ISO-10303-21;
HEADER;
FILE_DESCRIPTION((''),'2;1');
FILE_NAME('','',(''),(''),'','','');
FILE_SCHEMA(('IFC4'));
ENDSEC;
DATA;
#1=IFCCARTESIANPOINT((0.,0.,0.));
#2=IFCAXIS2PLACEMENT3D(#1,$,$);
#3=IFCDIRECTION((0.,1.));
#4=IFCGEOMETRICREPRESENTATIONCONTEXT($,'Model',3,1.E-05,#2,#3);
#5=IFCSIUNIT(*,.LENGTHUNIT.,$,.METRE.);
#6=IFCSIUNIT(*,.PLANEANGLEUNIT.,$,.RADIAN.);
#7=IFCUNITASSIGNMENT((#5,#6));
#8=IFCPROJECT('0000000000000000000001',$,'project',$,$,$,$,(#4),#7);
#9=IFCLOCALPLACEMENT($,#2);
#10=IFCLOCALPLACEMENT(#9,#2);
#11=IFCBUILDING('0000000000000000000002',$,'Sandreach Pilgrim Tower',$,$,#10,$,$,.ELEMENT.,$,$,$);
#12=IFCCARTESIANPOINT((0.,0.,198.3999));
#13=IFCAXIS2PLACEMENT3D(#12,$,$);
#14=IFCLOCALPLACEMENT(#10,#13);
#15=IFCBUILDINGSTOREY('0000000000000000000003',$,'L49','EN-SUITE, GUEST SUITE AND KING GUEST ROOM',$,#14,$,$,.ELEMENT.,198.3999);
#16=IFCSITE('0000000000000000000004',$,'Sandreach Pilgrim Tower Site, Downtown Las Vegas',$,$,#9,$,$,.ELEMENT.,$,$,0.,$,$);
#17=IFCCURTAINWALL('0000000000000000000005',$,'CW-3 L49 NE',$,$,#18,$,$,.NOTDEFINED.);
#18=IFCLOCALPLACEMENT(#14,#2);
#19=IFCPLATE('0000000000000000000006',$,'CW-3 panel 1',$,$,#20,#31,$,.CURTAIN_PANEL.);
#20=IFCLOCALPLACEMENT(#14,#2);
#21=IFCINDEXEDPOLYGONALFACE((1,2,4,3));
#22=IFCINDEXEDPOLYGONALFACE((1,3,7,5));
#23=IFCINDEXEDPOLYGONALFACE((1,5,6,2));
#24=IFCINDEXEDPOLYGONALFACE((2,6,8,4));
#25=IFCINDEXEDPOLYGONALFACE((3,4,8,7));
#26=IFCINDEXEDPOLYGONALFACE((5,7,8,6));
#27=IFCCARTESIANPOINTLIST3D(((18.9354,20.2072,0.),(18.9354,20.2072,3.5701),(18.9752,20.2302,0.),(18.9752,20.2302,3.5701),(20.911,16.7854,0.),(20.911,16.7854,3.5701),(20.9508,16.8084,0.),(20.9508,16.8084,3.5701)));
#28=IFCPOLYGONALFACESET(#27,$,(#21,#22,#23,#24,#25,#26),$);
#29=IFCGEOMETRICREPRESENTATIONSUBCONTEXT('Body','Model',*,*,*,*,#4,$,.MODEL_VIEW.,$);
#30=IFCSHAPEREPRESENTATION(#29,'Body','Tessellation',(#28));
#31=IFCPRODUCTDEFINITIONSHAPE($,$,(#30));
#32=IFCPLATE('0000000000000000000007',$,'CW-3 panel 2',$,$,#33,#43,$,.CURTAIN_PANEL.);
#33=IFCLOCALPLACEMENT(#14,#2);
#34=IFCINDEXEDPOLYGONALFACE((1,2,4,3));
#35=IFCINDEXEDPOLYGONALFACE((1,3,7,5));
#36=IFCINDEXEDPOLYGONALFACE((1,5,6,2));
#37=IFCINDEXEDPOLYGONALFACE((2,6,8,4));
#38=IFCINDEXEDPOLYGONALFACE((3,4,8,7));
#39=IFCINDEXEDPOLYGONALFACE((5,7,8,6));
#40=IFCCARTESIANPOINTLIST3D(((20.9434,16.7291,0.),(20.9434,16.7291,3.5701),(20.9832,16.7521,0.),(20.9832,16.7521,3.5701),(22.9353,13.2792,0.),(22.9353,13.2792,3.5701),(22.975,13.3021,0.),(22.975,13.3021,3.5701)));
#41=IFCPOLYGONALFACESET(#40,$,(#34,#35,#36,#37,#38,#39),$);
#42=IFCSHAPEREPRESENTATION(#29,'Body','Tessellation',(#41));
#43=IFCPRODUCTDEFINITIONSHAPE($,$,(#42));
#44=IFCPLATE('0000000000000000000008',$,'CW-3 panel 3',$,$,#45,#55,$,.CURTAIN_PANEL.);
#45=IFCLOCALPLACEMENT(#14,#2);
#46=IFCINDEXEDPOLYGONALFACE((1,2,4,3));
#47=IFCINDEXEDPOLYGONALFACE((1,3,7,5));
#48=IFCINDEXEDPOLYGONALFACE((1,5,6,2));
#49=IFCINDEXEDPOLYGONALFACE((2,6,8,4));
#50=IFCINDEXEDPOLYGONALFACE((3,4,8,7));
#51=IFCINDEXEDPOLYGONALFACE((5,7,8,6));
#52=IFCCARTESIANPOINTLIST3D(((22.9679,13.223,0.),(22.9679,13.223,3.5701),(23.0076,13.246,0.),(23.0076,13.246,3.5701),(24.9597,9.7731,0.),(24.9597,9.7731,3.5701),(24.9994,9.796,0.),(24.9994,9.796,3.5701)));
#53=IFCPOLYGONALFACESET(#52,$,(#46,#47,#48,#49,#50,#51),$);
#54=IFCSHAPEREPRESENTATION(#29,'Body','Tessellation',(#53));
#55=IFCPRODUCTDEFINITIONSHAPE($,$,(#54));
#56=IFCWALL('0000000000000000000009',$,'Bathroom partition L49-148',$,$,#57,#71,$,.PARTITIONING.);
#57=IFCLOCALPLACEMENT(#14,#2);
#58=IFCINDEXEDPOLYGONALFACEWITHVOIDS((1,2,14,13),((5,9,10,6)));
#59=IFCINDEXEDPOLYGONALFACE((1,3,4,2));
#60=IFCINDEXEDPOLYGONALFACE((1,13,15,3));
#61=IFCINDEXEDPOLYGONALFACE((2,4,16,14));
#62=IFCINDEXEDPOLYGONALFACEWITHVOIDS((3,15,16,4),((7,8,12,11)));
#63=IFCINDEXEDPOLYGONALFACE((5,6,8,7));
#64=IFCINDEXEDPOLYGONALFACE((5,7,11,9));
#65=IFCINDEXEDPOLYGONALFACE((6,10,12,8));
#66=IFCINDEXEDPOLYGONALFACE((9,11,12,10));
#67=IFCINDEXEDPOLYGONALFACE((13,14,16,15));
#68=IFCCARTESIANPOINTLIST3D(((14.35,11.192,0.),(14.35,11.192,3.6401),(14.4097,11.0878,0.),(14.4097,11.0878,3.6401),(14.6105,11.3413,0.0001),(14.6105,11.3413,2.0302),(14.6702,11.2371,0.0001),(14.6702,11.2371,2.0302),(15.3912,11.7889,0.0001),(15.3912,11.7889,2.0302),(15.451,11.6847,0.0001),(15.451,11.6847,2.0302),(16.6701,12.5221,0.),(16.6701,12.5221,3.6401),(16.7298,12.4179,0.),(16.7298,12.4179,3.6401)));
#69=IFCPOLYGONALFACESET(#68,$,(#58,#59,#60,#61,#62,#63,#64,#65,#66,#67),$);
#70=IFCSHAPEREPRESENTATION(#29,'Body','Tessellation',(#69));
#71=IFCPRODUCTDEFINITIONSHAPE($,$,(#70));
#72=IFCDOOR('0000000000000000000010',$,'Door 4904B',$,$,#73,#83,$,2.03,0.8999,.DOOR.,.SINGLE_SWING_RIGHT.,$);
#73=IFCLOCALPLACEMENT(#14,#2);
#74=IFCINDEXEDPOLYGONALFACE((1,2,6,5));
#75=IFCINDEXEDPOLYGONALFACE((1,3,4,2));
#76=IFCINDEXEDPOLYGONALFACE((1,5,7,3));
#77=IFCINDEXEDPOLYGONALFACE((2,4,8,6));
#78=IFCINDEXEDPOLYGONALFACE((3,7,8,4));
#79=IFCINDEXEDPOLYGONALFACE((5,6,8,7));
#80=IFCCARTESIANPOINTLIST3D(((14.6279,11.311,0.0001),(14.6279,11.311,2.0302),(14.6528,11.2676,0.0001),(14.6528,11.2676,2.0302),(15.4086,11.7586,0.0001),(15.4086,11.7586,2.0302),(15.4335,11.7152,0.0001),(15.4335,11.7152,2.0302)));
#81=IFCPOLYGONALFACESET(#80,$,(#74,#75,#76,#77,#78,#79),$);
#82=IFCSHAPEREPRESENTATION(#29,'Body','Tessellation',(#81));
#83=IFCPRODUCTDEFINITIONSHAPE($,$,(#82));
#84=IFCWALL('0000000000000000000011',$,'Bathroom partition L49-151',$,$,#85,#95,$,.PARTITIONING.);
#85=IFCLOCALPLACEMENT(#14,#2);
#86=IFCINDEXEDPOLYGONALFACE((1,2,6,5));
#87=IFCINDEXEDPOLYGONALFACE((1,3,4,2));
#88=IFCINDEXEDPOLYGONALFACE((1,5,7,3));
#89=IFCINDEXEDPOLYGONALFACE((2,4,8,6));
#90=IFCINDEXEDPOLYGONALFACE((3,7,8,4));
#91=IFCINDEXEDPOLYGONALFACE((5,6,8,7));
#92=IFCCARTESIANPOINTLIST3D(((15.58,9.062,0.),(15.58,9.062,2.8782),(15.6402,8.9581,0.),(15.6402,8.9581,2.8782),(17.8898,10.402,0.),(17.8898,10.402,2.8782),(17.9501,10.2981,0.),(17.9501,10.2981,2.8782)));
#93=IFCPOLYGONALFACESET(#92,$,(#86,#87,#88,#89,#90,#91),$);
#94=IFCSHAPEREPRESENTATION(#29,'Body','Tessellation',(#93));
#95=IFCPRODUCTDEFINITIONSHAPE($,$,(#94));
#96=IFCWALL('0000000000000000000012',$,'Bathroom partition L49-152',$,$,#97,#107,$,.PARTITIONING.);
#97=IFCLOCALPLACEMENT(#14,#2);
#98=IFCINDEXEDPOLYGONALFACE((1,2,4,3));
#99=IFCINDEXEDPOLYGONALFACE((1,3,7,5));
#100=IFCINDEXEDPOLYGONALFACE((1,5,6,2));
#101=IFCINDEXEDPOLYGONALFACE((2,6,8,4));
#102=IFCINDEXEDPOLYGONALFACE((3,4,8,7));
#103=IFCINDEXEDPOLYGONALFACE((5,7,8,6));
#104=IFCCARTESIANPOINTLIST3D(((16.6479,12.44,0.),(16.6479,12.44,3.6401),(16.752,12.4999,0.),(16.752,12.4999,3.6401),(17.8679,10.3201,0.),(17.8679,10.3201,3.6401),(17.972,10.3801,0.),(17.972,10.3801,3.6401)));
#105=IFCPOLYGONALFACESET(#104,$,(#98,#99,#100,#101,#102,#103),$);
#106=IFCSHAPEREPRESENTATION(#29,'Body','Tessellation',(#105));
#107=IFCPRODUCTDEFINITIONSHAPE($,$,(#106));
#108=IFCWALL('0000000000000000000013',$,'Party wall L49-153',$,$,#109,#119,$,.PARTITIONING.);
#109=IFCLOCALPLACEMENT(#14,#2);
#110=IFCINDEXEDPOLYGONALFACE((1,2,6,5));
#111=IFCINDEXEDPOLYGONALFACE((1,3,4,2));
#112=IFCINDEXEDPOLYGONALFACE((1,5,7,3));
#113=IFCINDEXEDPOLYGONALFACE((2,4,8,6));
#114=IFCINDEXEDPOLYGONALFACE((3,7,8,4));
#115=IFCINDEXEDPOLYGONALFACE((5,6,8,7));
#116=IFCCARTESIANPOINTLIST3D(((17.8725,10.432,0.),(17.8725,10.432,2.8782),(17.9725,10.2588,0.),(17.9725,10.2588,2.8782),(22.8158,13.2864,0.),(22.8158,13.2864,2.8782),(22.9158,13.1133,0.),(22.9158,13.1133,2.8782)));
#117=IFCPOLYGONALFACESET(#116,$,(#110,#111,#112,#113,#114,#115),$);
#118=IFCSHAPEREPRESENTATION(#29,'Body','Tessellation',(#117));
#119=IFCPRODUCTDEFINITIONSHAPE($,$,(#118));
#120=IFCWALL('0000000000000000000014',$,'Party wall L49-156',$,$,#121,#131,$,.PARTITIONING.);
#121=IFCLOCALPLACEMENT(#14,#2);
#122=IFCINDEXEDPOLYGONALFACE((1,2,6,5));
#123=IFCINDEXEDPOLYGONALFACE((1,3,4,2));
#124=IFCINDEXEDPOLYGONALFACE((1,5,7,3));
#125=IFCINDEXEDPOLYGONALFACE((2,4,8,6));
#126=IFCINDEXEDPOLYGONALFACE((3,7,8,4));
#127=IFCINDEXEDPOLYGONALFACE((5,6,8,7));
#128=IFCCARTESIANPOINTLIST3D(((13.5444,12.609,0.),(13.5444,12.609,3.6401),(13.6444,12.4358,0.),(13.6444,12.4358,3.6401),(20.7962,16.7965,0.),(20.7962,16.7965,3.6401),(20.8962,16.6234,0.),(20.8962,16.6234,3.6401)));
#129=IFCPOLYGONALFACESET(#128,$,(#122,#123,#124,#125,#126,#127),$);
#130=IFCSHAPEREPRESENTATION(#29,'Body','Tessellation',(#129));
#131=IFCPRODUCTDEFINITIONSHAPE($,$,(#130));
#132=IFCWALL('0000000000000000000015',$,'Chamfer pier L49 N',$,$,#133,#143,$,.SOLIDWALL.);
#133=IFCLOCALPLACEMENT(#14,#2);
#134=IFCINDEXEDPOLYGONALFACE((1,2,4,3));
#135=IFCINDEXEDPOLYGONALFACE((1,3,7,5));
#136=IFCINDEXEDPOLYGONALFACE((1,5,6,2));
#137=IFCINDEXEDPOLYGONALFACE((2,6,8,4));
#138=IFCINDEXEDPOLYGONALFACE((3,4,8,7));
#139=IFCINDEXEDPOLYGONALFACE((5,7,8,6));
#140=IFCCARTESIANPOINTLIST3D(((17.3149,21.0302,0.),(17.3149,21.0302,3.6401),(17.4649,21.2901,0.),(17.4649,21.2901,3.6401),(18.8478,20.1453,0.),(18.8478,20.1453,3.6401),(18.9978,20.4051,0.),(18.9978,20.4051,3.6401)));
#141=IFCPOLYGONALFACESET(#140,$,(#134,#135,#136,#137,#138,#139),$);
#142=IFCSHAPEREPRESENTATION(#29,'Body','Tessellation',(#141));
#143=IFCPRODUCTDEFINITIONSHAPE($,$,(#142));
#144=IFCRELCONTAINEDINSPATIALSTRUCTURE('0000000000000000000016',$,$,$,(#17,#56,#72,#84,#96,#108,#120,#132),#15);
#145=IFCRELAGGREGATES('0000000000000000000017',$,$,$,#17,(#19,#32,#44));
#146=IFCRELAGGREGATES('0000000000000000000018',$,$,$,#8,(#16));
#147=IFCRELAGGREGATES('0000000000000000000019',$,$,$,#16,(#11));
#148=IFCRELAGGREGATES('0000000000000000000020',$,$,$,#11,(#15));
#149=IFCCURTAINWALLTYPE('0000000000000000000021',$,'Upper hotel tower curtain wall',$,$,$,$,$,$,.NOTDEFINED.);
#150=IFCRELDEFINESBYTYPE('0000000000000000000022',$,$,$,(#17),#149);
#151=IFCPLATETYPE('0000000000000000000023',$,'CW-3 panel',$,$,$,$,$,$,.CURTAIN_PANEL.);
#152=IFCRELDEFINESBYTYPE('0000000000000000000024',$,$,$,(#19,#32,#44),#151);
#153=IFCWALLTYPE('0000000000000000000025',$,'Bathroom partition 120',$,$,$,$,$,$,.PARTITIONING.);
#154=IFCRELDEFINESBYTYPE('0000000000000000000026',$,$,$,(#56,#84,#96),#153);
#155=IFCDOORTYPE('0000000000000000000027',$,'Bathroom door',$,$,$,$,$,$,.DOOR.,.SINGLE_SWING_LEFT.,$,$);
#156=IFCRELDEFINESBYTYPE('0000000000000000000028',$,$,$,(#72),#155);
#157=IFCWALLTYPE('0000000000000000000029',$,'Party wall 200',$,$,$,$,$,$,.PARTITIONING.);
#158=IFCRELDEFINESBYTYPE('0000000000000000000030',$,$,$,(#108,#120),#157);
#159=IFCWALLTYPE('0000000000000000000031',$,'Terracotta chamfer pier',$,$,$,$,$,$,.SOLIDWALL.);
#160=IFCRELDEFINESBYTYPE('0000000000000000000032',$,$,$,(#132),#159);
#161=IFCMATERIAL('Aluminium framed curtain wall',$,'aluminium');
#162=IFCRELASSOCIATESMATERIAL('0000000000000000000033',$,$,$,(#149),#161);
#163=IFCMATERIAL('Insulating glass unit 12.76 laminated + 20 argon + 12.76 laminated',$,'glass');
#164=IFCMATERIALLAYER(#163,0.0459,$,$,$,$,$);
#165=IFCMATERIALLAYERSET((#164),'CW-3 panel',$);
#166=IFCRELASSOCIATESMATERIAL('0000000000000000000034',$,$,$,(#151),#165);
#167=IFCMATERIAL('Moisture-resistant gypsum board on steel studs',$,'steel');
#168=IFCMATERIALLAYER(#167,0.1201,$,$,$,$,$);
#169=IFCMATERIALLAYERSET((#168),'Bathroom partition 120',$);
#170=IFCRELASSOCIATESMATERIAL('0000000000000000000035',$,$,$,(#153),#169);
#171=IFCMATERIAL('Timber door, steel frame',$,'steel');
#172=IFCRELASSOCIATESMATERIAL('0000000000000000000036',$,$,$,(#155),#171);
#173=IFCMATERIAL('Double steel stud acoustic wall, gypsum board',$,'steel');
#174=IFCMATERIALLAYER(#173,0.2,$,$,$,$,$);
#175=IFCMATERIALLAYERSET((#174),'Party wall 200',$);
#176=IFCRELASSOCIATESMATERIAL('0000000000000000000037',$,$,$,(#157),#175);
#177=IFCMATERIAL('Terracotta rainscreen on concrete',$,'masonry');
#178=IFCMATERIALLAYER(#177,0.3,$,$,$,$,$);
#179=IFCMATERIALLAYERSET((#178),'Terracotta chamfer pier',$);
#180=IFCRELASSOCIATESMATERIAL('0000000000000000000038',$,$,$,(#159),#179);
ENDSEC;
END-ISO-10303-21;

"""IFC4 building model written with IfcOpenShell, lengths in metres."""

from ifc_helpers import new_model, si_unit, direction, frame, frame_2d, origin, origin_2d, place, context, subcontext, project, spatial, rectangle, extrude, material, layer, layer_set, type_object, element, fill, aggregate, save


model = new_model("IFC4")

# Units and contexts
model_context = context("Model", 3, precision=1e-05, world=origin(), true_north=direction((0.0, 1.0)))
body_context = subcontext(model_context, "Body", "Model", "MODEL_VIEW")
ifc_project = project(units=[si_unit("LENGTHUNIT", "METRE"), si_unit("PLANEANGLEUNIT", "RADIAN")], contexts=[model_context])

# Site, building, storey
site_placement = place(None, origin())
site = spatial("IfcSite", under=ifc_project, at=site_placement, Name="Sandreach Pilgrim Tower Site, Downtown Las Vegas", CompositionType="ELEMENT", RefElevation=0.0)
building_placement = place(site_placement, origin())
building = spatial("IfcBuilding", under=site, at=building_placement, Name="Sandreach Pilgrim Tower", CompositionType="ELEMENT")
storey_placement = place(building_placement, frame((0.0, 0.0, 198.3999)))
storey = spatial("IfcBuildingStorey", under=building, at=storey_placement, Name="L49", Description="EN-SUITE, GUEST SUITE AND KING GUEST ROOM", CompositionType="ELEMENT", Elevation=198.3999)

# Shared definitions
ifc_material_1 = material(Name="Aluminium framed curtain wall", Category="aluminium")
curtain_wall_type = type_object("IfcCurtainWallType", Name="Upper hotel tower curtain wall", PredefinedType="NOTDEFINED", material=ifc_material_1)

# Curtain wall
curtain_wall_1_placement = place(storey_placement, origin())
curtain_wall_1 = element("IfcCurtainWall", 1, at=curtain_wall_1_placement, inside=storey, type_object=curtain_wall_type, Name="CW-3 L49 NE", PredefinedType="NOTDEFINED")

# Plates
ifc_material_2 = material(Name="Insulating glass unit 12.76 laminated + 20 argon + 12.76 laminated", Category="glass")
ifc_layer_1 = layer(ifc_material_2, 0.0459)
ifc_layer_set_1 = layer_set([ifc_layer_1], Name="CW-3 panel")
plate_type = type_object("IfcPlateType", Name="CW-3 panel", PredefinedType="CURTAIN_PANEL", material=ifc_layer_set_1)
plate_1_placement = place(storey_placement, frame((19.9431, 18.5078, 0.0), z_axis=(0.0, 0.0, 1.0), x_axis=(0.5, -0.866025, 0.0)))
plate_1 = element("IfcPlate", 2, at=plate_1_placement, type_object=plate_type, Name="CW-3 panel 1", PredefinedType="CURTAIN_PANEL", context=body_context, shape_type="SweptSolid", body=[
    extrude(rectangle(XDim=3.9512, YDim=0.0459, at=origin_2d()), origin(), (0.0, 0.0, 1.0), 3.5701),
])
plate_2_placement = place(storey_placement, frame((21.9592, 15.0156, 0.0), z_axis=(0.0, 0.0, 1.0), x_axis=(0.5, -0.866025, 0.0)))
plate_2 = element("IfcPlate", 3, at=plate_2_placement, type_object=plate_type, Name="CW-3 panel 2", PredefinedType="CURTAIN_PANEL", context=body_context, shape_type="SweptSolid", body=[
    extrude(rectangle(XDim=3.9836, YDim=0.0459, at=origin_2d()), origin(), (0.0, 0.0, 1.0), 3.5701),
])
plate_3_placement = place(storey_placement, frame((23.9836, 11.5095, 0.0), z_axis=(0.0, 0.0, 1.0), x_axis=(0.5, -0.866025, 0.0)))
plate_3 = element("IfcPlate", 4, at=plate_3_placement, type_object=plate_type, Name="CW-3 panel 3", PredefinedType="CURTAIN_PANEL", context=body_context, shape_type="SweptSolid", body=[
    extrude(rectangle(XDim=3.9836, YDim=0.0459, at=origin_2d()), origin(), (0.0, 0.0, 1.0), 3.5701),
])
aggregate(curtain_wall_1, [plate_1, plate_2, plate_3])

# Wall, opening, door
ifc_material_3 = material(Name="Moisture-resistant gypsum board on steel studs", Category="steel")
ifc_layer_2 = layer(ifc_material_3, 0.1201)
ifc_layer_set_2 = layer_set([ifc_layer_2], Name="Bathroom partition 120")
wall_type_1 = type_object("IfcWallType", Name="Bathroom partition 120", PredefinedType="PARTITIONING", material=ifc_layer_set_2)
wall_1_placement = place(storey_placement, frame((16.7, 12.47, 0.0), z_axis=(0.0, 0.0, 1.0), x_axis=(-0.867546, -0.497358, 0.0)))
wall_1 = element("IfcWall", 5, at=wall_1_placement, inside=storey, type_object=wall_type_1, Name="Bathroom partition L49-148", PredefinedType="PARTITIONING", context=body_context, shape_type="SweptSolid", body=[
    extrude(rectangle(XDim=2.6743, YDim=0.1201, at=frame_2d((1.3372, 0.0))), origin(), (0.0, 0.0, 1.0), 3.6401),
])
opening_placement = place(wall_1_placement, frame((1.4741, 0.0, 0.0)))
opening = element("IfcOpeningElement", 6, at=opening_placement, cuts=wall_1, PredefinedType="OPENING", context=body_context, shape_type="SweptSolid", body=[
    extrude(rectangle(XDim=0.8999, YDim=2.03, at=frame_2d((0.45, 1.0151))), frame((0.0, 0.0601, 0.0), z_axis=(0.0, -1.0, 0.0), x_axis=(1.0, 0.0, 0.0)), (0.0, 0.0, 1.0), 0.1201),
])
ifc_material_4 = material(Name="Timber door, steel frame", Category="steel")
door_type = type_object("IfcDoorType", Name="Bathroom door", OperationType="SINGLE_SWING_LEFT", PredefinedType="DOOR", material=ifc_material_4)
door_placement = place(opening_placement, origin())
door = element("IfcDoor", 7, at=door_placement, inside=storey, type_object=door_type, Name="Door 4904B", OperationType="SINGLE_SWING_RIGHT", OverallHeight=2.03, OverallWidth=0.8999, PredefinedType="DOOR", context=body_context, shape_type="SweptSolid", body=[
    extrude(rectangle(XDim=0.8999, YDim=2.03, at=frame_2d((0.45, 1.0151))), frame((0.0, 0.0249, 0.0), z_axis=(0.0, -1.0, 0.0), x_axis=(1.0, 0.0, 0.0)), (0.0, 0.0, 1.0), 0.05),
])
fill(opening, door)

# Walls
wall_2_placement = place(storey_placement, frame((17.9199, 10.3501, 0.0), z_axis=(0.0, 0.0, 1.0), x_axis=(-0.864967, -0.501829, 0.0)))
element("IfcWall", 8, at=wall_2_placement, inside=storey, type_object=wall_type_1, Name="Bathroom partition L49-151", PredefinedType="PARTITIONING", context=body_context, shape_type="SweptSolid", body=[
    extrude(rectangle(XDim=2.6704, YDim=0.1201, at=frame_2d((1.3352, 0.0))), origin(), (0.0, 0.0, 1.0), 2.8782),
])
wall_3_placement = place(storey_placement, frame((17.9199, 10.3501, 0.0), z_axis=(0.0, 0.0, 1.0), x_axis=(-0.498792, 0.866722, 0.0)))
element("IfcWall", 9, at=wall_3_placement, inside=storey, type_object=wall_type_1, Name="Bathroom partition L49-152", PredefinedType="PARTITIONING", context=body_context, shape_type="SweptSolid", body=[
    extrude(rectangle(XDim=2.4458, YDim=0.1201, at=frame_2d((1.2229, 0.0))), origin(), (0.0, 0.0, 1.0), 3.6401),
])
ifc_material_5 = material(Name="Double steel stud acoustic wall, gypsum board", Category="steel")
ifc_layer_3 = layer(ifc_material_5, 0.2)
ifc_layer_set_3 = layer_set([ifc_layer_3], Name="Party wall 200")
wall_type_2 = type_object("IfcWallType", Name="Party wall 200", PredefinedType="PARTITIONING", material=ifc_layer_set_3)
wall_4_placement = place(storey_placement, frame((17.9226, 10.3455, 0.0), z_axis=(0.0, 0.0, 1.0), x_axis=(0.865992, 0.500058, 0.0)))
element("IfcWall", 10, at=wall_4_placement, inside=storey, type_object=wall_type_2, Name="Party wall L49-153", PredefinedType="PARTITIONING", context=body_context, shape_type="SweptSolid", body=[
    extrude(rectangle(XDim=5.7083, YDim=0.2, at=frame_2d((2.854, 0.0))), origin(), (0.0, 0.0, 1.0), 2.8782),
])
wall_5_placement = place(storey_placement, frame((20.8462, 16.71, 0.0), z_axis=(0.0, 0.0, 1.0), x_axis=(-0.865988, -0.500065, 0.0)))
element("IfcWall", 11, at=wall_5_placement, inside=storey, type_object=wall_type_2, Name="Party wall L49-156", PredefinedType="PARTITIONING", context=body_context, shape_type="SweptSolid", body=[
    extrude(rectangle(XDim=8.374, YDim=0.2, at=frame_2d((4.187, 0.0))), origin(), (0.0, 0.0, 1.0), 3.6401),
])
ifc_material_6 = material(Name="Terracotta rainscreen on concrete", Category="masonry")
ifc_layer_4 = layer(ifc_material_6, 0.3)
ifc_layer_set_4 = layer_set([ifc_layer_4], Name="Terracotta chamfer pier")
wall_type_3 = type_object("IfcWallType", Name="Terracotta chamfer pier", PredefinedType="SOLIDWALL", material=ifc_layer_set_4)
wall_6_placement = place(storey_placement, frame((17.3899, 21.1602, 0.0), z_axis=(0.0, 0.0, 1.0), x_axis=(0.866036, -0.499981, 0.0)))
element("IfcWall", 12, at=wall_6_placement, inside=storey, type_object=wall_type_3, Name="Chamfer pier L49 N", PredefinedType="SOLIDWALL", context=body_context, shape_type="SweptSolid", body=[
    extrude(rectangle(XDim=1.77, YDim=0.3, at=frame_2d((0.885, 0.0))), origin(), (0.0, 0.0, 1.0), 3.6401),
])

save(model, "model.ifc")
